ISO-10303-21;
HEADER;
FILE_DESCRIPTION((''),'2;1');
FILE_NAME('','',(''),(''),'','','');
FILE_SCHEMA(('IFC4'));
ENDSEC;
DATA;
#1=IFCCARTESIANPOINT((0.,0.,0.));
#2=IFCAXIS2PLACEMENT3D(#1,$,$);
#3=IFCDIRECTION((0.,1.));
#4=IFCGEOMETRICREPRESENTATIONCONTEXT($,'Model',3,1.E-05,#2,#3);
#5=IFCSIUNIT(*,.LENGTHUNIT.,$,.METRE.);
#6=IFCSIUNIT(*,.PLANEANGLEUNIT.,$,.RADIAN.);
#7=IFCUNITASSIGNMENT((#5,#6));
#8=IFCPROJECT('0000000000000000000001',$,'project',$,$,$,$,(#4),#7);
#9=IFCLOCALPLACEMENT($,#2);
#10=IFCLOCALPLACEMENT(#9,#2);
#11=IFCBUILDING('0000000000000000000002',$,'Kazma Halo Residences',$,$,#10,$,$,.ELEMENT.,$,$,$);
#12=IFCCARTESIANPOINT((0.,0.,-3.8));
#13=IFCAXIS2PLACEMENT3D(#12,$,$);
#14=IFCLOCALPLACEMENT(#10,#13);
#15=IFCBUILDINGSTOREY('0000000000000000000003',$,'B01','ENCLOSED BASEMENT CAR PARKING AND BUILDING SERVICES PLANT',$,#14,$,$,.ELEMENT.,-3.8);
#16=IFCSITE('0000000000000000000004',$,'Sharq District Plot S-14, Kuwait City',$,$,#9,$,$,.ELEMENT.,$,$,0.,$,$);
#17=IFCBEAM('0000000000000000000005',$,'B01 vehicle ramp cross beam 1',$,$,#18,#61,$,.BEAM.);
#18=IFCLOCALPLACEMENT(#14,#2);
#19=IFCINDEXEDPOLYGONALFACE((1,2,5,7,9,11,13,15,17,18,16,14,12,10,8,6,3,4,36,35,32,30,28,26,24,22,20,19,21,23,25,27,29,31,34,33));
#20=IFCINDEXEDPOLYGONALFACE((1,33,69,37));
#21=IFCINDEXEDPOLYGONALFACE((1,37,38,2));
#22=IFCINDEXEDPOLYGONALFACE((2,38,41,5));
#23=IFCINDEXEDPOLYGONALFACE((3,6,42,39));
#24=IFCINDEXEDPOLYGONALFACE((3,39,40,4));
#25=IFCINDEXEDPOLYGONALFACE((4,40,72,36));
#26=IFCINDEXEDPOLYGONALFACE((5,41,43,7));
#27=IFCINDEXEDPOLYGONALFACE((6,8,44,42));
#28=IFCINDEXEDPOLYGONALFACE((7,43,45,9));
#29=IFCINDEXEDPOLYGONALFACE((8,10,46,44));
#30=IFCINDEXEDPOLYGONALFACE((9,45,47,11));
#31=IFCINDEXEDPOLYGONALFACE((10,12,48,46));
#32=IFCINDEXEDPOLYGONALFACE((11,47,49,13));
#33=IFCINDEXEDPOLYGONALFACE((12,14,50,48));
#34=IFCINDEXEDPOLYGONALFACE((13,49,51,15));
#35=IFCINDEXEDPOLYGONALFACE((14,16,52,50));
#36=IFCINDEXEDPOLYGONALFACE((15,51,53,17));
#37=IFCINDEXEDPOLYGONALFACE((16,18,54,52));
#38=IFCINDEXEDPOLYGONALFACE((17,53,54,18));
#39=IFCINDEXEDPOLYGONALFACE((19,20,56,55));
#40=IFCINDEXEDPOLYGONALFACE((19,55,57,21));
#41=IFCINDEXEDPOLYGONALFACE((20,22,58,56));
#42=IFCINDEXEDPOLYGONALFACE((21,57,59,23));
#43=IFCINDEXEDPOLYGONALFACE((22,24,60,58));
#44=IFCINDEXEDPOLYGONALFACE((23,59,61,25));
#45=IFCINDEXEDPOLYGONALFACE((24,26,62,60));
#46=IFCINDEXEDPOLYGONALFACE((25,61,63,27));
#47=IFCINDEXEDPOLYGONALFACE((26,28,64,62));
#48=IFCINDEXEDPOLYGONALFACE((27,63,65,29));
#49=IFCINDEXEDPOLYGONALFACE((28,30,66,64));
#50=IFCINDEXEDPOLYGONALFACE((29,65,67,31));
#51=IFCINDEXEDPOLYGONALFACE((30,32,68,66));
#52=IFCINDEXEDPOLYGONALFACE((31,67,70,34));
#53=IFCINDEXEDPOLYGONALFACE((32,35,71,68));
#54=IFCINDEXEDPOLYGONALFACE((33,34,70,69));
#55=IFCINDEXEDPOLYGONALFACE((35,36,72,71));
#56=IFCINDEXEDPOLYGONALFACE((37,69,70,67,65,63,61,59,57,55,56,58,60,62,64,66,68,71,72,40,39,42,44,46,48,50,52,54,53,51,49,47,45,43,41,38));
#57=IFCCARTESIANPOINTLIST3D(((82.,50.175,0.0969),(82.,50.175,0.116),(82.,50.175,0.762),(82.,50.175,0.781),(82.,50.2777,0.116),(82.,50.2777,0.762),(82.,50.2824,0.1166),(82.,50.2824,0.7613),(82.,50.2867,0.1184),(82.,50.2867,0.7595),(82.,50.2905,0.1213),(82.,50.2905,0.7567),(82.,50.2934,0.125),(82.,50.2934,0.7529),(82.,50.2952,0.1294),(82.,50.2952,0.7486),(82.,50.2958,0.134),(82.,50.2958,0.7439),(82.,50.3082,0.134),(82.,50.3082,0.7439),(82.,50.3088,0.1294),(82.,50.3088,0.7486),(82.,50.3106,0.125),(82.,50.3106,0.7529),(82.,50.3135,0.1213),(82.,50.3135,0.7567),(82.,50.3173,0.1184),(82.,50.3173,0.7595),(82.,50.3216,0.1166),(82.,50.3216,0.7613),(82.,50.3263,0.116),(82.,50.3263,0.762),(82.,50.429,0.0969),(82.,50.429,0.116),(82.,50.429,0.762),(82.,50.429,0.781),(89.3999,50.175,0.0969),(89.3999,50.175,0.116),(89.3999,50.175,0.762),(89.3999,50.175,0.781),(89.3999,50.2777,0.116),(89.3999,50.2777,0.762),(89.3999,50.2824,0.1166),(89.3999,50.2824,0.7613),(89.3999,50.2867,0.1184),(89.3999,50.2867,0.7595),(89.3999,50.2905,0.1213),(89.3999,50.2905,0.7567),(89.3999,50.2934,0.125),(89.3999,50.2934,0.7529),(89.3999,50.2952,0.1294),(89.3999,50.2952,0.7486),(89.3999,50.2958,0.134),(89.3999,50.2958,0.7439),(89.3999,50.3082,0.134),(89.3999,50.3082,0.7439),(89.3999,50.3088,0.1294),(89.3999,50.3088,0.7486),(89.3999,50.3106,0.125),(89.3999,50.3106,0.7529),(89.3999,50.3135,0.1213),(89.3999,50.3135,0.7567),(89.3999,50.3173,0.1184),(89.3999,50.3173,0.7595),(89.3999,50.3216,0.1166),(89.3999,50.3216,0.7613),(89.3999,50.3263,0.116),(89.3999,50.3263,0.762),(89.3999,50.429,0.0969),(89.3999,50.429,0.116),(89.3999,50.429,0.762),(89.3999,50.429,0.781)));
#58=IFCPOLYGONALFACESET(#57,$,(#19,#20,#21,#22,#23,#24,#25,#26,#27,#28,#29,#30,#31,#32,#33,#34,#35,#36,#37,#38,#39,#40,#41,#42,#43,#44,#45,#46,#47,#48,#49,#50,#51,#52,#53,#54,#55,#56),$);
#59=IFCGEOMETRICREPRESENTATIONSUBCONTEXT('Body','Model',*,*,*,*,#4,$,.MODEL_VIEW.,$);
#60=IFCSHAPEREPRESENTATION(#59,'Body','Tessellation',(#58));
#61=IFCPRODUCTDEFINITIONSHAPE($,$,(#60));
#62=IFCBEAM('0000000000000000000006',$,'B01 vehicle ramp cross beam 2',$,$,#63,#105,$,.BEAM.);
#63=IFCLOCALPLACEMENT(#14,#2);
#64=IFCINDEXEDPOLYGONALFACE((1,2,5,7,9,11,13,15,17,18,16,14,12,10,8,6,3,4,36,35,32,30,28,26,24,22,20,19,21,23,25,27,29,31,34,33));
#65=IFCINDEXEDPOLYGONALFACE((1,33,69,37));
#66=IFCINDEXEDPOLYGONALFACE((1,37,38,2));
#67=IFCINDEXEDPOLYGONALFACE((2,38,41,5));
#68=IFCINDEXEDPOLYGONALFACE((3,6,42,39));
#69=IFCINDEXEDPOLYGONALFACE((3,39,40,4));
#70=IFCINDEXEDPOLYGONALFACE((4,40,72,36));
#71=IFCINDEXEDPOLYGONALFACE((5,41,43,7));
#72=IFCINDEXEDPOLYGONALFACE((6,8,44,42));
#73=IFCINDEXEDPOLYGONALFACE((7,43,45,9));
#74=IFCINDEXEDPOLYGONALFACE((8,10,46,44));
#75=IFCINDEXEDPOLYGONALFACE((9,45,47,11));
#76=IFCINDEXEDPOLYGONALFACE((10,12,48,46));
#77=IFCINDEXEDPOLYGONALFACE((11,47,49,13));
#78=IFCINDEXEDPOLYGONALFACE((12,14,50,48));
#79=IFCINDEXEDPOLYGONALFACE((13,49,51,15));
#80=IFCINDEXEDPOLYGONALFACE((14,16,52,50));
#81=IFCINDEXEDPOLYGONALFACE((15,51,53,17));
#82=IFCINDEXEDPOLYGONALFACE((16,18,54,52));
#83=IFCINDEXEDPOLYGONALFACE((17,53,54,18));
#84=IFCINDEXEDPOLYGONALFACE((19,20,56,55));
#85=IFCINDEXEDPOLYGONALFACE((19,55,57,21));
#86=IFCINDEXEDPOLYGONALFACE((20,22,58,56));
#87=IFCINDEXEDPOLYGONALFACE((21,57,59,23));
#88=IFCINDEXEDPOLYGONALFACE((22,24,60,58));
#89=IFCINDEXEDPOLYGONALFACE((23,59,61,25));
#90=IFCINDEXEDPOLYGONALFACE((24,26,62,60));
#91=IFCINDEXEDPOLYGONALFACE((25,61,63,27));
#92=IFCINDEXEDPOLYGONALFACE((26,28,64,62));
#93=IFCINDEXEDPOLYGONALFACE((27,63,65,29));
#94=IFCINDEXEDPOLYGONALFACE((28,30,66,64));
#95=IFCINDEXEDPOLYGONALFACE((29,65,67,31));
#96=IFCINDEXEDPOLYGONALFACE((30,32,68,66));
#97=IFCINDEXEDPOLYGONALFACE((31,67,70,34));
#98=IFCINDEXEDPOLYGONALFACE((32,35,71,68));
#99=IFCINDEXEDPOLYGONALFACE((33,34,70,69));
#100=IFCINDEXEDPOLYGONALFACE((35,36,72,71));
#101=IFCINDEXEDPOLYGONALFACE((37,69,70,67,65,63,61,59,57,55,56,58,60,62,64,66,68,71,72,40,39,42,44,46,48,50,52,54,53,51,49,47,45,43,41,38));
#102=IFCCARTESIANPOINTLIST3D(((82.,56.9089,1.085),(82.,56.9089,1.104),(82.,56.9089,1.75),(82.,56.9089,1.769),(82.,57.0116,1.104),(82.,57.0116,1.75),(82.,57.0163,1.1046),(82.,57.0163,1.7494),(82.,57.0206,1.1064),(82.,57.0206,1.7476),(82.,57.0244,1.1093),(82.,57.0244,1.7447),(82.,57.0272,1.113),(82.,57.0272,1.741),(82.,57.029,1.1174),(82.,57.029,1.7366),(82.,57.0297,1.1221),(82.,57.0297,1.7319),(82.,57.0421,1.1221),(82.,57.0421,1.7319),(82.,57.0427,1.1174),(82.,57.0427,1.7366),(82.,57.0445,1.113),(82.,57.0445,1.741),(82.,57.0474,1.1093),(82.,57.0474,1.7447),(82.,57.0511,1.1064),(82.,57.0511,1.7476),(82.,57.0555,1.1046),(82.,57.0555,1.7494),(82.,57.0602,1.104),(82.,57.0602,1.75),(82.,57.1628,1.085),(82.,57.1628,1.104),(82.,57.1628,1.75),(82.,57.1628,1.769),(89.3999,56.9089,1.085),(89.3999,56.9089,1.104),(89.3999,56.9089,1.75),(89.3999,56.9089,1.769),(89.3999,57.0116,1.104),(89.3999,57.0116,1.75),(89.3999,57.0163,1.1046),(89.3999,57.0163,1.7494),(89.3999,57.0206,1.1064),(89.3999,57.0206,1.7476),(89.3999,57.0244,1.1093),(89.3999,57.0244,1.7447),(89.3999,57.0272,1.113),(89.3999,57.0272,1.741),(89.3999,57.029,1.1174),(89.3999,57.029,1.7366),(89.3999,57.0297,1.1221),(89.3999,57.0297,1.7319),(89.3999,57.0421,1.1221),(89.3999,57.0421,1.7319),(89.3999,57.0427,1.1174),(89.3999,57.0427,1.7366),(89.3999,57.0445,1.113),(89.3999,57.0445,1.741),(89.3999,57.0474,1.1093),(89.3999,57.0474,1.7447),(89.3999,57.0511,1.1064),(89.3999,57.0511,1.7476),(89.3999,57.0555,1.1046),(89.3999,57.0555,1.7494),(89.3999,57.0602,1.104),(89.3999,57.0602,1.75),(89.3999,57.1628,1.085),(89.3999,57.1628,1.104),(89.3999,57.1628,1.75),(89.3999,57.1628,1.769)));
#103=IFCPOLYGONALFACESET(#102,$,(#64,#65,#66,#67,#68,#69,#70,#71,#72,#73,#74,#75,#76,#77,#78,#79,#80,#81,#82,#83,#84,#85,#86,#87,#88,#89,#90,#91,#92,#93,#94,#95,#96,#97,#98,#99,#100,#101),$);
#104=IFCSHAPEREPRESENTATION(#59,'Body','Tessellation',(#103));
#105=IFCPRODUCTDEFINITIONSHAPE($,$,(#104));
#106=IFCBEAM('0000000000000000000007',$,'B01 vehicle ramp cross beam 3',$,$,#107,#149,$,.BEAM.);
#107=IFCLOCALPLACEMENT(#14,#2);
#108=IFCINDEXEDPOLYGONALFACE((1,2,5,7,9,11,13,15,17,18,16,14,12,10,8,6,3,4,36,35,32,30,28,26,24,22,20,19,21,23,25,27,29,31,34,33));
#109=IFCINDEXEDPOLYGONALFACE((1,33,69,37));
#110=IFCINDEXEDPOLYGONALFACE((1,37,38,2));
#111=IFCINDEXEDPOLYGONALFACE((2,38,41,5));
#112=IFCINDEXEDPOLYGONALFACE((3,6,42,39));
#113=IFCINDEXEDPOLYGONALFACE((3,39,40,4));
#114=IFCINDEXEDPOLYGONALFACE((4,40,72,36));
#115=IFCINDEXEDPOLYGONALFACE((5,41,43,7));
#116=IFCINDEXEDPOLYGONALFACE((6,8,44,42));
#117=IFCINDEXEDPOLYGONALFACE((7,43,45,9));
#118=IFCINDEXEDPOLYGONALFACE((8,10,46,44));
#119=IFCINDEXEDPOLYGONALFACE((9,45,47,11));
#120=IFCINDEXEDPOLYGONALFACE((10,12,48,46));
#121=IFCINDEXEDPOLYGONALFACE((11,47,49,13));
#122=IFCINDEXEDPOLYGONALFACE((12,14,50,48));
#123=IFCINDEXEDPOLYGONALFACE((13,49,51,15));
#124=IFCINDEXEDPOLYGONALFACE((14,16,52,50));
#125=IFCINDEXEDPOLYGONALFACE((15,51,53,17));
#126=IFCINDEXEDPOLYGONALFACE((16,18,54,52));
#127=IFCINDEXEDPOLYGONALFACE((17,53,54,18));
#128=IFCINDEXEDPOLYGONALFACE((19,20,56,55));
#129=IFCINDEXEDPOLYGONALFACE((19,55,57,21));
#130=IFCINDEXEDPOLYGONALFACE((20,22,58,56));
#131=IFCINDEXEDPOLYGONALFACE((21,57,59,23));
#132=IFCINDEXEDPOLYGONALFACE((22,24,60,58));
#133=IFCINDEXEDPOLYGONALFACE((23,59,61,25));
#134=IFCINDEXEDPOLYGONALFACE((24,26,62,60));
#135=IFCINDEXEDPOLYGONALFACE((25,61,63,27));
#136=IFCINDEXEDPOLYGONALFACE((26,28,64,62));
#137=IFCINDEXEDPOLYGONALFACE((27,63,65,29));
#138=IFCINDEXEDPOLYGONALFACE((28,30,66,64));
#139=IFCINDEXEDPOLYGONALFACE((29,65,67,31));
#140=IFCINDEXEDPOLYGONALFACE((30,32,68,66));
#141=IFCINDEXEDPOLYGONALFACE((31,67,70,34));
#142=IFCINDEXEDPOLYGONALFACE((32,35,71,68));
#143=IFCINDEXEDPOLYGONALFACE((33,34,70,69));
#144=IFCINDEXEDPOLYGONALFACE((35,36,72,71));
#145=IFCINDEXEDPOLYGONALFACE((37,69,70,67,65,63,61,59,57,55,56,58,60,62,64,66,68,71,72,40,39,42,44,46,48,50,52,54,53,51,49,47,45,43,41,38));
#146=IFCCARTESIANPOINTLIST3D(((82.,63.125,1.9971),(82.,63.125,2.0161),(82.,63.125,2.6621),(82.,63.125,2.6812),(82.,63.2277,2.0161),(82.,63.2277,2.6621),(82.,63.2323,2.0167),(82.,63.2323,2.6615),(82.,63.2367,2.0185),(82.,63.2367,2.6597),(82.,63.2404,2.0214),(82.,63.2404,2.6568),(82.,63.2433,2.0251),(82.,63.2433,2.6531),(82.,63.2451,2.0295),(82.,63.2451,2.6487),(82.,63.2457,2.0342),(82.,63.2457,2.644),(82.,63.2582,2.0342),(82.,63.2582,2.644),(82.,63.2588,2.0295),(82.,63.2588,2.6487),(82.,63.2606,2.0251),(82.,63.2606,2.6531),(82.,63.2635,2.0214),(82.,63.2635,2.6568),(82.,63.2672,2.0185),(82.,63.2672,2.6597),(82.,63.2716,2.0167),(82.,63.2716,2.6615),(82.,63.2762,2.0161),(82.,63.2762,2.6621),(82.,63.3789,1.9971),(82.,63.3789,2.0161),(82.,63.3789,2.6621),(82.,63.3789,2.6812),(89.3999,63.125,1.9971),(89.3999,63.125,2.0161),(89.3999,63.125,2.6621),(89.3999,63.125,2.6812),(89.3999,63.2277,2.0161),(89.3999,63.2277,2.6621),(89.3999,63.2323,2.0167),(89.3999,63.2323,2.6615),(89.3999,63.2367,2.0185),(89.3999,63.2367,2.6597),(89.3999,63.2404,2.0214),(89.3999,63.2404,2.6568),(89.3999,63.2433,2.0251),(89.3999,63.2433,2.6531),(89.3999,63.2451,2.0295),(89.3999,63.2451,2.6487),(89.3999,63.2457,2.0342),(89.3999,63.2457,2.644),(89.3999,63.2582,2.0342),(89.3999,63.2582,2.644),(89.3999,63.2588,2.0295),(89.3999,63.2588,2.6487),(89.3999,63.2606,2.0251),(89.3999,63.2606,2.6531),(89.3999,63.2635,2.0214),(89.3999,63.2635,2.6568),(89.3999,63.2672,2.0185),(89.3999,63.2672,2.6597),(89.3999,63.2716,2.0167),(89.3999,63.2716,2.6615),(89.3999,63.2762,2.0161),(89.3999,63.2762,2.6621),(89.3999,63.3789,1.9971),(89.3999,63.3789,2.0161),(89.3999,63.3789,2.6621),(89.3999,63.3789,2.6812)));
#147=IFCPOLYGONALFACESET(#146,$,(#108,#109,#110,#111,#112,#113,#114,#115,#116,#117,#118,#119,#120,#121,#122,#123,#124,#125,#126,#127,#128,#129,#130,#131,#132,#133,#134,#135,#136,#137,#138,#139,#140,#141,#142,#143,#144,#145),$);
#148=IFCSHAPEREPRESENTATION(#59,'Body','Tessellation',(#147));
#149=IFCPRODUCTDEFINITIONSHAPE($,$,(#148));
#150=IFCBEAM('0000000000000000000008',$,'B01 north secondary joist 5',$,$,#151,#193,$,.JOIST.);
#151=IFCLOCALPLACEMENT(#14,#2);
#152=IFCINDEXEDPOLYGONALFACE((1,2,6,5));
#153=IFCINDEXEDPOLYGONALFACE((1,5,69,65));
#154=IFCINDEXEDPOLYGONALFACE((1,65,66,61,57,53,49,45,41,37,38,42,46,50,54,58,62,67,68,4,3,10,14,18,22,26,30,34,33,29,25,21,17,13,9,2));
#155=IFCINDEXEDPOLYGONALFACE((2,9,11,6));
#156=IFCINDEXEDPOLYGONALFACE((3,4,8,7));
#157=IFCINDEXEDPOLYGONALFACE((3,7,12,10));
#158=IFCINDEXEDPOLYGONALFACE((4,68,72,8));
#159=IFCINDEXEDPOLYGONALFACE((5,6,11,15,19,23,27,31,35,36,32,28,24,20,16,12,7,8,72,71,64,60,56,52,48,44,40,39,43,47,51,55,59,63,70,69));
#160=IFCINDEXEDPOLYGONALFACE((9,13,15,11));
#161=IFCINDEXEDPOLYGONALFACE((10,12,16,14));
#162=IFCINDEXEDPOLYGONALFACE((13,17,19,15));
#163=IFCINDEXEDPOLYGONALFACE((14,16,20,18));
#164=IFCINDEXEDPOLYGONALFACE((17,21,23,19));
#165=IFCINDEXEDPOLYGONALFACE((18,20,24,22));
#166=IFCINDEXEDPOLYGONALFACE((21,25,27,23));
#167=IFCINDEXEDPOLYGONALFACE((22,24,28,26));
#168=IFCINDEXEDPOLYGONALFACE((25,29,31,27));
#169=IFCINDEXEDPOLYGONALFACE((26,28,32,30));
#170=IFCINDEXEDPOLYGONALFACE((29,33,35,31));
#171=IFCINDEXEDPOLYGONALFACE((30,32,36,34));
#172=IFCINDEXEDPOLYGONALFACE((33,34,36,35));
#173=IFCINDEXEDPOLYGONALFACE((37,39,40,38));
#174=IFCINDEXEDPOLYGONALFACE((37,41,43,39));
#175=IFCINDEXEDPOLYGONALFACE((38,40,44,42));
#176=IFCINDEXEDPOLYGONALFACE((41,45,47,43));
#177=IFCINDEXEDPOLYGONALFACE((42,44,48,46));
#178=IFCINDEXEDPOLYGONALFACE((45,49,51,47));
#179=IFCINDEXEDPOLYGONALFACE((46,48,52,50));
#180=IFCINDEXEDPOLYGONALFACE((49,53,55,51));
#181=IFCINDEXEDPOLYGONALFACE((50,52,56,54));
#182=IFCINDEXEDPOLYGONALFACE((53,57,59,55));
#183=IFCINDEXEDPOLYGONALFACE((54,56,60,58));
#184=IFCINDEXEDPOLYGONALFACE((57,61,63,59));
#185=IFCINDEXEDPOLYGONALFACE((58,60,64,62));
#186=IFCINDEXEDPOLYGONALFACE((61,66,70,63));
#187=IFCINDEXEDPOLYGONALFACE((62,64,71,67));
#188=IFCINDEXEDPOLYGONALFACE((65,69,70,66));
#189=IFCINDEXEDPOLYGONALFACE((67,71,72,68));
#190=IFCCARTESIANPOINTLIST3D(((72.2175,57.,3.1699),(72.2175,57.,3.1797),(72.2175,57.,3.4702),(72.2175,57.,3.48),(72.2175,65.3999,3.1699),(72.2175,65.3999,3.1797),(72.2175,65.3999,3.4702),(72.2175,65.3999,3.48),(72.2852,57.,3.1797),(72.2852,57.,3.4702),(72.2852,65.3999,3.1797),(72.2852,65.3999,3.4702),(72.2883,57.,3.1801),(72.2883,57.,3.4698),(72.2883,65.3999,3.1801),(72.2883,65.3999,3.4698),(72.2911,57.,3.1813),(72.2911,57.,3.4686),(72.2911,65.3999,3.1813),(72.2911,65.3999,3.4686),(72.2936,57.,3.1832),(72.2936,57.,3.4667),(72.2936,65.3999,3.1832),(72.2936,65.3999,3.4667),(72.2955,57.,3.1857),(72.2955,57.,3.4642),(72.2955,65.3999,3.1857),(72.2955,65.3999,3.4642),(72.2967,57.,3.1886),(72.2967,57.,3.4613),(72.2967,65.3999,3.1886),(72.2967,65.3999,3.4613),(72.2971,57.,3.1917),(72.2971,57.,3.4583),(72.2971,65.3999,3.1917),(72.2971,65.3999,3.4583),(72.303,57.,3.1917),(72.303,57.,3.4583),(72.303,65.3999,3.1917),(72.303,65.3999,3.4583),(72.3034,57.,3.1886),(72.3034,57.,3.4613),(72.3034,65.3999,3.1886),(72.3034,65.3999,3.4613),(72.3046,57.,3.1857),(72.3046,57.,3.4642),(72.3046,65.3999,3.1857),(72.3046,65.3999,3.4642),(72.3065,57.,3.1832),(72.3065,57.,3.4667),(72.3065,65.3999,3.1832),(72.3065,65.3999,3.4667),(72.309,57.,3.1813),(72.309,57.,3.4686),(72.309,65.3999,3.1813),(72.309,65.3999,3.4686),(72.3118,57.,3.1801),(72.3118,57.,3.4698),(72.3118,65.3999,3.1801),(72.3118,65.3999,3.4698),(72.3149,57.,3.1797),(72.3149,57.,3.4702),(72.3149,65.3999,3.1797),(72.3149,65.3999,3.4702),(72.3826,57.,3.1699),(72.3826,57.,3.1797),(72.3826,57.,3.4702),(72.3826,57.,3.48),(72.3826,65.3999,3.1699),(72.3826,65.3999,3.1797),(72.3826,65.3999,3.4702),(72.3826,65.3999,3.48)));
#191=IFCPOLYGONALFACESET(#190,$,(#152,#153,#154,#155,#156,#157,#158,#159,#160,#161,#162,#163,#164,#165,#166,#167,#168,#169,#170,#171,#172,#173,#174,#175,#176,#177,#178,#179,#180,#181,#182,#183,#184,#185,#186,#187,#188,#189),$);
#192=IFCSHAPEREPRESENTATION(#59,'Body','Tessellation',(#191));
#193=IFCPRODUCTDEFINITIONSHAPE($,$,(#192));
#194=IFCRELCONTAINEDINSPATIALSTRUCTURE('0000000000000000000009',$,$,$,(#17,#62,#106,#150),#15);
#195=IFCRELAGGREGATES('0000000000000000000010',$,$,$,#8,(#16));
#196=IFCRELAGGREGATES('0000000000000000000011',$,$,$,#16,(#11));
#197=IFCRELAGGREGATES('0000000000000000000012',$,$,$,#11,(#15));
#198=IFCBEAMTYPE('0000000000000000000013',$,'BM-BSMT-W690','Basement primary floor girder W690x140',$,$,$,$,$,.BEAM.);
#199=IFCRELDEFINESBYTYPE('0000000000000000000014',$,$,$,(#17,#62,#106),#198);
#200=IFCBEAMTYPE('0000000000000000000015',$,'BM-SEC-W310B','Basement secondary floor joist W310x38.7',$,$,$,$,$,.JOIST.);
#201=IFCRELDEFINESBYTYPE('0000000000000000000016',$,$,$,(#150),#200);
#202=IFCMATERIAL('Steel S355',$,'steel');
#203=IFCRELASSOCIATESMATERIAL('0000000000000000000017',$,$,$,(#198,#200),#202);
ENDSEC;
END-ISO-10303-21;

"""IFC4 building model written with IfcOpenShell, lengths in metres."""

from ifc_helpers import new_model, si_unit, direction, frame, origin, origin_2d, place, context, subcontext, project, spatial, i_section, extrude, material, material_profile, profile_set, type_object, element, save


model = new_model("IFC4")

# Units and contexts
model_context = context("Model", 3, precision=1e-05, world=origin(), true_north=direction((0.0, 1.0)))
body_context = subcontext(model_context, "Body", "Model", "MODEL_VIEW")
ifc_project = project(units=[si_unit("LENGTHUNIT", "METRE"), si_unit("PLANEANGLEUNIT", "RADIAN")], contexts=[model_context])

# Site, building, storey
site_placement = place(None, origin())
site = spatial("IfcSite", under=ifc_project, at=site_placement, Name="Sharq District Plot S-14, Kuwait City", CompositionType="ELEMENT", RefElevation=0.0)
building_placement = place(site_placement, origin())
building = spatial("IfcBuilding", under=site, at=building_placement, Name="Kazma Halo Residences", CompositionType="ELEMENT")
storey_placement = place(building_placement, frame((0.0, 0.0, -3.8)))
storey = spatial("IfcBuildingStorey", under=building, at=storey_placement, Name="B01", Description="ENCLOSED BASEMENT CAR PARKING AND BUILDING SERVICES PLANT", CompositionType="ELEMENT", Elevation=-3.8)

# Beams
ifc_material_1 = material(Name="Steel S355", Category="steel")
ifc_material_profile_1 = material_profile(ifc_material_1, i_section(OverallWidth=0.2539, OverallDepth=0.6841, WebThickness=0.0125, FlangeThickness=0.019, FilletRadius=0.0181, at=origin_2d()), Name="W690x140")
ifc_profile_set_1 = profile_set([ifc_material_profile_1], Name="Steel S355")
beam_type_1 = type_object("IfcBeamType", Name="BM-BSMT-W690", Description="Basement primary floor girder W690x140", PredefinedType="BEAM", material=ifc_profile_set_1)
for number, where, z_axis, x_axis, name in (
    (1, (82.0, 50.302, 0.439), (1.0, 0.0, 0.0), (0.0, 1.0, 0.0), "B01 vehicle ramp cross beam 1"),
    (2, (82.0, 57.0359, 1.427), (1.0, 0.0, 0.0), (0.0, 1.0, 0.0), "B01 vehicle ramp cross beam 2"),
    (3, (82.0, 63.252, 2.3391), (1.0, 0.0, 0.0), (0.0, 1.0, 0.0), "B01 vehicle ramp cross beam 3"),
):
    element("IfcBeam", number, at=place(storey_placement, frame(where, z_axis=z_axis, x_axis=x_axis)), inside=storey, type_object=beam_type_1, Name=name, PredefinedType="BEAM", context=body_context, shape_type="SweptSolid", body=[
        extrude(i_section(OverallWidth=0.2539, OverallDepth=0.6841, WebThickness=0.0125, FlangeThickness=0.019, FilletRadius=0.0181, at=origin_2d()), origin(), (0.0, 0.0, 1.0), 7.3999),
    ])
ifc_material_profile_2 = material_profile(ifc_material_1, i_section(OverallWidth=0.165, OverallDepth=0.3101, WebThickness=0.0059, FlangeThickness=0.0098, FilletRadius=0.012, at=origin_2d()), Name="W310x38.7")
ifc_profile_set_2 = profile_set([ifc_material_profile_2], Name="Steel S355")
beam_type_2 = type_object("IfcBeamType", Name="BM-SEC-W310B", Description="Basement secondary floor joist W310x38.7", PredefinedType="JOIST", material=ifc_profile_set_2)
beam_1_placement = place(storey_placement, frame((72.3, 57.0, 3.325), z_axis=(0.0, 1.0, 0.0), x_axis=(-1.0, 0.0, 0.0)))
element("IfcBeam", 4, at=beam_1_placement, inside=storey, type_object=beam_type_2, Name="B01 north secondary joist 5", PredefinedType="JOIST", context=body_context, shape_type="SweptSolid", body=[
    extrude(i_section(OverallWidth=0.165, OverallDepth=0.3101, WebThickness=0.0059, FlangeThickness=0.0098, FilletRadius=0.012, at=origin_2d()), origin(), (0.0, 0.0, 1.0), 8.3999),
])

save(model, "model.ifc")
